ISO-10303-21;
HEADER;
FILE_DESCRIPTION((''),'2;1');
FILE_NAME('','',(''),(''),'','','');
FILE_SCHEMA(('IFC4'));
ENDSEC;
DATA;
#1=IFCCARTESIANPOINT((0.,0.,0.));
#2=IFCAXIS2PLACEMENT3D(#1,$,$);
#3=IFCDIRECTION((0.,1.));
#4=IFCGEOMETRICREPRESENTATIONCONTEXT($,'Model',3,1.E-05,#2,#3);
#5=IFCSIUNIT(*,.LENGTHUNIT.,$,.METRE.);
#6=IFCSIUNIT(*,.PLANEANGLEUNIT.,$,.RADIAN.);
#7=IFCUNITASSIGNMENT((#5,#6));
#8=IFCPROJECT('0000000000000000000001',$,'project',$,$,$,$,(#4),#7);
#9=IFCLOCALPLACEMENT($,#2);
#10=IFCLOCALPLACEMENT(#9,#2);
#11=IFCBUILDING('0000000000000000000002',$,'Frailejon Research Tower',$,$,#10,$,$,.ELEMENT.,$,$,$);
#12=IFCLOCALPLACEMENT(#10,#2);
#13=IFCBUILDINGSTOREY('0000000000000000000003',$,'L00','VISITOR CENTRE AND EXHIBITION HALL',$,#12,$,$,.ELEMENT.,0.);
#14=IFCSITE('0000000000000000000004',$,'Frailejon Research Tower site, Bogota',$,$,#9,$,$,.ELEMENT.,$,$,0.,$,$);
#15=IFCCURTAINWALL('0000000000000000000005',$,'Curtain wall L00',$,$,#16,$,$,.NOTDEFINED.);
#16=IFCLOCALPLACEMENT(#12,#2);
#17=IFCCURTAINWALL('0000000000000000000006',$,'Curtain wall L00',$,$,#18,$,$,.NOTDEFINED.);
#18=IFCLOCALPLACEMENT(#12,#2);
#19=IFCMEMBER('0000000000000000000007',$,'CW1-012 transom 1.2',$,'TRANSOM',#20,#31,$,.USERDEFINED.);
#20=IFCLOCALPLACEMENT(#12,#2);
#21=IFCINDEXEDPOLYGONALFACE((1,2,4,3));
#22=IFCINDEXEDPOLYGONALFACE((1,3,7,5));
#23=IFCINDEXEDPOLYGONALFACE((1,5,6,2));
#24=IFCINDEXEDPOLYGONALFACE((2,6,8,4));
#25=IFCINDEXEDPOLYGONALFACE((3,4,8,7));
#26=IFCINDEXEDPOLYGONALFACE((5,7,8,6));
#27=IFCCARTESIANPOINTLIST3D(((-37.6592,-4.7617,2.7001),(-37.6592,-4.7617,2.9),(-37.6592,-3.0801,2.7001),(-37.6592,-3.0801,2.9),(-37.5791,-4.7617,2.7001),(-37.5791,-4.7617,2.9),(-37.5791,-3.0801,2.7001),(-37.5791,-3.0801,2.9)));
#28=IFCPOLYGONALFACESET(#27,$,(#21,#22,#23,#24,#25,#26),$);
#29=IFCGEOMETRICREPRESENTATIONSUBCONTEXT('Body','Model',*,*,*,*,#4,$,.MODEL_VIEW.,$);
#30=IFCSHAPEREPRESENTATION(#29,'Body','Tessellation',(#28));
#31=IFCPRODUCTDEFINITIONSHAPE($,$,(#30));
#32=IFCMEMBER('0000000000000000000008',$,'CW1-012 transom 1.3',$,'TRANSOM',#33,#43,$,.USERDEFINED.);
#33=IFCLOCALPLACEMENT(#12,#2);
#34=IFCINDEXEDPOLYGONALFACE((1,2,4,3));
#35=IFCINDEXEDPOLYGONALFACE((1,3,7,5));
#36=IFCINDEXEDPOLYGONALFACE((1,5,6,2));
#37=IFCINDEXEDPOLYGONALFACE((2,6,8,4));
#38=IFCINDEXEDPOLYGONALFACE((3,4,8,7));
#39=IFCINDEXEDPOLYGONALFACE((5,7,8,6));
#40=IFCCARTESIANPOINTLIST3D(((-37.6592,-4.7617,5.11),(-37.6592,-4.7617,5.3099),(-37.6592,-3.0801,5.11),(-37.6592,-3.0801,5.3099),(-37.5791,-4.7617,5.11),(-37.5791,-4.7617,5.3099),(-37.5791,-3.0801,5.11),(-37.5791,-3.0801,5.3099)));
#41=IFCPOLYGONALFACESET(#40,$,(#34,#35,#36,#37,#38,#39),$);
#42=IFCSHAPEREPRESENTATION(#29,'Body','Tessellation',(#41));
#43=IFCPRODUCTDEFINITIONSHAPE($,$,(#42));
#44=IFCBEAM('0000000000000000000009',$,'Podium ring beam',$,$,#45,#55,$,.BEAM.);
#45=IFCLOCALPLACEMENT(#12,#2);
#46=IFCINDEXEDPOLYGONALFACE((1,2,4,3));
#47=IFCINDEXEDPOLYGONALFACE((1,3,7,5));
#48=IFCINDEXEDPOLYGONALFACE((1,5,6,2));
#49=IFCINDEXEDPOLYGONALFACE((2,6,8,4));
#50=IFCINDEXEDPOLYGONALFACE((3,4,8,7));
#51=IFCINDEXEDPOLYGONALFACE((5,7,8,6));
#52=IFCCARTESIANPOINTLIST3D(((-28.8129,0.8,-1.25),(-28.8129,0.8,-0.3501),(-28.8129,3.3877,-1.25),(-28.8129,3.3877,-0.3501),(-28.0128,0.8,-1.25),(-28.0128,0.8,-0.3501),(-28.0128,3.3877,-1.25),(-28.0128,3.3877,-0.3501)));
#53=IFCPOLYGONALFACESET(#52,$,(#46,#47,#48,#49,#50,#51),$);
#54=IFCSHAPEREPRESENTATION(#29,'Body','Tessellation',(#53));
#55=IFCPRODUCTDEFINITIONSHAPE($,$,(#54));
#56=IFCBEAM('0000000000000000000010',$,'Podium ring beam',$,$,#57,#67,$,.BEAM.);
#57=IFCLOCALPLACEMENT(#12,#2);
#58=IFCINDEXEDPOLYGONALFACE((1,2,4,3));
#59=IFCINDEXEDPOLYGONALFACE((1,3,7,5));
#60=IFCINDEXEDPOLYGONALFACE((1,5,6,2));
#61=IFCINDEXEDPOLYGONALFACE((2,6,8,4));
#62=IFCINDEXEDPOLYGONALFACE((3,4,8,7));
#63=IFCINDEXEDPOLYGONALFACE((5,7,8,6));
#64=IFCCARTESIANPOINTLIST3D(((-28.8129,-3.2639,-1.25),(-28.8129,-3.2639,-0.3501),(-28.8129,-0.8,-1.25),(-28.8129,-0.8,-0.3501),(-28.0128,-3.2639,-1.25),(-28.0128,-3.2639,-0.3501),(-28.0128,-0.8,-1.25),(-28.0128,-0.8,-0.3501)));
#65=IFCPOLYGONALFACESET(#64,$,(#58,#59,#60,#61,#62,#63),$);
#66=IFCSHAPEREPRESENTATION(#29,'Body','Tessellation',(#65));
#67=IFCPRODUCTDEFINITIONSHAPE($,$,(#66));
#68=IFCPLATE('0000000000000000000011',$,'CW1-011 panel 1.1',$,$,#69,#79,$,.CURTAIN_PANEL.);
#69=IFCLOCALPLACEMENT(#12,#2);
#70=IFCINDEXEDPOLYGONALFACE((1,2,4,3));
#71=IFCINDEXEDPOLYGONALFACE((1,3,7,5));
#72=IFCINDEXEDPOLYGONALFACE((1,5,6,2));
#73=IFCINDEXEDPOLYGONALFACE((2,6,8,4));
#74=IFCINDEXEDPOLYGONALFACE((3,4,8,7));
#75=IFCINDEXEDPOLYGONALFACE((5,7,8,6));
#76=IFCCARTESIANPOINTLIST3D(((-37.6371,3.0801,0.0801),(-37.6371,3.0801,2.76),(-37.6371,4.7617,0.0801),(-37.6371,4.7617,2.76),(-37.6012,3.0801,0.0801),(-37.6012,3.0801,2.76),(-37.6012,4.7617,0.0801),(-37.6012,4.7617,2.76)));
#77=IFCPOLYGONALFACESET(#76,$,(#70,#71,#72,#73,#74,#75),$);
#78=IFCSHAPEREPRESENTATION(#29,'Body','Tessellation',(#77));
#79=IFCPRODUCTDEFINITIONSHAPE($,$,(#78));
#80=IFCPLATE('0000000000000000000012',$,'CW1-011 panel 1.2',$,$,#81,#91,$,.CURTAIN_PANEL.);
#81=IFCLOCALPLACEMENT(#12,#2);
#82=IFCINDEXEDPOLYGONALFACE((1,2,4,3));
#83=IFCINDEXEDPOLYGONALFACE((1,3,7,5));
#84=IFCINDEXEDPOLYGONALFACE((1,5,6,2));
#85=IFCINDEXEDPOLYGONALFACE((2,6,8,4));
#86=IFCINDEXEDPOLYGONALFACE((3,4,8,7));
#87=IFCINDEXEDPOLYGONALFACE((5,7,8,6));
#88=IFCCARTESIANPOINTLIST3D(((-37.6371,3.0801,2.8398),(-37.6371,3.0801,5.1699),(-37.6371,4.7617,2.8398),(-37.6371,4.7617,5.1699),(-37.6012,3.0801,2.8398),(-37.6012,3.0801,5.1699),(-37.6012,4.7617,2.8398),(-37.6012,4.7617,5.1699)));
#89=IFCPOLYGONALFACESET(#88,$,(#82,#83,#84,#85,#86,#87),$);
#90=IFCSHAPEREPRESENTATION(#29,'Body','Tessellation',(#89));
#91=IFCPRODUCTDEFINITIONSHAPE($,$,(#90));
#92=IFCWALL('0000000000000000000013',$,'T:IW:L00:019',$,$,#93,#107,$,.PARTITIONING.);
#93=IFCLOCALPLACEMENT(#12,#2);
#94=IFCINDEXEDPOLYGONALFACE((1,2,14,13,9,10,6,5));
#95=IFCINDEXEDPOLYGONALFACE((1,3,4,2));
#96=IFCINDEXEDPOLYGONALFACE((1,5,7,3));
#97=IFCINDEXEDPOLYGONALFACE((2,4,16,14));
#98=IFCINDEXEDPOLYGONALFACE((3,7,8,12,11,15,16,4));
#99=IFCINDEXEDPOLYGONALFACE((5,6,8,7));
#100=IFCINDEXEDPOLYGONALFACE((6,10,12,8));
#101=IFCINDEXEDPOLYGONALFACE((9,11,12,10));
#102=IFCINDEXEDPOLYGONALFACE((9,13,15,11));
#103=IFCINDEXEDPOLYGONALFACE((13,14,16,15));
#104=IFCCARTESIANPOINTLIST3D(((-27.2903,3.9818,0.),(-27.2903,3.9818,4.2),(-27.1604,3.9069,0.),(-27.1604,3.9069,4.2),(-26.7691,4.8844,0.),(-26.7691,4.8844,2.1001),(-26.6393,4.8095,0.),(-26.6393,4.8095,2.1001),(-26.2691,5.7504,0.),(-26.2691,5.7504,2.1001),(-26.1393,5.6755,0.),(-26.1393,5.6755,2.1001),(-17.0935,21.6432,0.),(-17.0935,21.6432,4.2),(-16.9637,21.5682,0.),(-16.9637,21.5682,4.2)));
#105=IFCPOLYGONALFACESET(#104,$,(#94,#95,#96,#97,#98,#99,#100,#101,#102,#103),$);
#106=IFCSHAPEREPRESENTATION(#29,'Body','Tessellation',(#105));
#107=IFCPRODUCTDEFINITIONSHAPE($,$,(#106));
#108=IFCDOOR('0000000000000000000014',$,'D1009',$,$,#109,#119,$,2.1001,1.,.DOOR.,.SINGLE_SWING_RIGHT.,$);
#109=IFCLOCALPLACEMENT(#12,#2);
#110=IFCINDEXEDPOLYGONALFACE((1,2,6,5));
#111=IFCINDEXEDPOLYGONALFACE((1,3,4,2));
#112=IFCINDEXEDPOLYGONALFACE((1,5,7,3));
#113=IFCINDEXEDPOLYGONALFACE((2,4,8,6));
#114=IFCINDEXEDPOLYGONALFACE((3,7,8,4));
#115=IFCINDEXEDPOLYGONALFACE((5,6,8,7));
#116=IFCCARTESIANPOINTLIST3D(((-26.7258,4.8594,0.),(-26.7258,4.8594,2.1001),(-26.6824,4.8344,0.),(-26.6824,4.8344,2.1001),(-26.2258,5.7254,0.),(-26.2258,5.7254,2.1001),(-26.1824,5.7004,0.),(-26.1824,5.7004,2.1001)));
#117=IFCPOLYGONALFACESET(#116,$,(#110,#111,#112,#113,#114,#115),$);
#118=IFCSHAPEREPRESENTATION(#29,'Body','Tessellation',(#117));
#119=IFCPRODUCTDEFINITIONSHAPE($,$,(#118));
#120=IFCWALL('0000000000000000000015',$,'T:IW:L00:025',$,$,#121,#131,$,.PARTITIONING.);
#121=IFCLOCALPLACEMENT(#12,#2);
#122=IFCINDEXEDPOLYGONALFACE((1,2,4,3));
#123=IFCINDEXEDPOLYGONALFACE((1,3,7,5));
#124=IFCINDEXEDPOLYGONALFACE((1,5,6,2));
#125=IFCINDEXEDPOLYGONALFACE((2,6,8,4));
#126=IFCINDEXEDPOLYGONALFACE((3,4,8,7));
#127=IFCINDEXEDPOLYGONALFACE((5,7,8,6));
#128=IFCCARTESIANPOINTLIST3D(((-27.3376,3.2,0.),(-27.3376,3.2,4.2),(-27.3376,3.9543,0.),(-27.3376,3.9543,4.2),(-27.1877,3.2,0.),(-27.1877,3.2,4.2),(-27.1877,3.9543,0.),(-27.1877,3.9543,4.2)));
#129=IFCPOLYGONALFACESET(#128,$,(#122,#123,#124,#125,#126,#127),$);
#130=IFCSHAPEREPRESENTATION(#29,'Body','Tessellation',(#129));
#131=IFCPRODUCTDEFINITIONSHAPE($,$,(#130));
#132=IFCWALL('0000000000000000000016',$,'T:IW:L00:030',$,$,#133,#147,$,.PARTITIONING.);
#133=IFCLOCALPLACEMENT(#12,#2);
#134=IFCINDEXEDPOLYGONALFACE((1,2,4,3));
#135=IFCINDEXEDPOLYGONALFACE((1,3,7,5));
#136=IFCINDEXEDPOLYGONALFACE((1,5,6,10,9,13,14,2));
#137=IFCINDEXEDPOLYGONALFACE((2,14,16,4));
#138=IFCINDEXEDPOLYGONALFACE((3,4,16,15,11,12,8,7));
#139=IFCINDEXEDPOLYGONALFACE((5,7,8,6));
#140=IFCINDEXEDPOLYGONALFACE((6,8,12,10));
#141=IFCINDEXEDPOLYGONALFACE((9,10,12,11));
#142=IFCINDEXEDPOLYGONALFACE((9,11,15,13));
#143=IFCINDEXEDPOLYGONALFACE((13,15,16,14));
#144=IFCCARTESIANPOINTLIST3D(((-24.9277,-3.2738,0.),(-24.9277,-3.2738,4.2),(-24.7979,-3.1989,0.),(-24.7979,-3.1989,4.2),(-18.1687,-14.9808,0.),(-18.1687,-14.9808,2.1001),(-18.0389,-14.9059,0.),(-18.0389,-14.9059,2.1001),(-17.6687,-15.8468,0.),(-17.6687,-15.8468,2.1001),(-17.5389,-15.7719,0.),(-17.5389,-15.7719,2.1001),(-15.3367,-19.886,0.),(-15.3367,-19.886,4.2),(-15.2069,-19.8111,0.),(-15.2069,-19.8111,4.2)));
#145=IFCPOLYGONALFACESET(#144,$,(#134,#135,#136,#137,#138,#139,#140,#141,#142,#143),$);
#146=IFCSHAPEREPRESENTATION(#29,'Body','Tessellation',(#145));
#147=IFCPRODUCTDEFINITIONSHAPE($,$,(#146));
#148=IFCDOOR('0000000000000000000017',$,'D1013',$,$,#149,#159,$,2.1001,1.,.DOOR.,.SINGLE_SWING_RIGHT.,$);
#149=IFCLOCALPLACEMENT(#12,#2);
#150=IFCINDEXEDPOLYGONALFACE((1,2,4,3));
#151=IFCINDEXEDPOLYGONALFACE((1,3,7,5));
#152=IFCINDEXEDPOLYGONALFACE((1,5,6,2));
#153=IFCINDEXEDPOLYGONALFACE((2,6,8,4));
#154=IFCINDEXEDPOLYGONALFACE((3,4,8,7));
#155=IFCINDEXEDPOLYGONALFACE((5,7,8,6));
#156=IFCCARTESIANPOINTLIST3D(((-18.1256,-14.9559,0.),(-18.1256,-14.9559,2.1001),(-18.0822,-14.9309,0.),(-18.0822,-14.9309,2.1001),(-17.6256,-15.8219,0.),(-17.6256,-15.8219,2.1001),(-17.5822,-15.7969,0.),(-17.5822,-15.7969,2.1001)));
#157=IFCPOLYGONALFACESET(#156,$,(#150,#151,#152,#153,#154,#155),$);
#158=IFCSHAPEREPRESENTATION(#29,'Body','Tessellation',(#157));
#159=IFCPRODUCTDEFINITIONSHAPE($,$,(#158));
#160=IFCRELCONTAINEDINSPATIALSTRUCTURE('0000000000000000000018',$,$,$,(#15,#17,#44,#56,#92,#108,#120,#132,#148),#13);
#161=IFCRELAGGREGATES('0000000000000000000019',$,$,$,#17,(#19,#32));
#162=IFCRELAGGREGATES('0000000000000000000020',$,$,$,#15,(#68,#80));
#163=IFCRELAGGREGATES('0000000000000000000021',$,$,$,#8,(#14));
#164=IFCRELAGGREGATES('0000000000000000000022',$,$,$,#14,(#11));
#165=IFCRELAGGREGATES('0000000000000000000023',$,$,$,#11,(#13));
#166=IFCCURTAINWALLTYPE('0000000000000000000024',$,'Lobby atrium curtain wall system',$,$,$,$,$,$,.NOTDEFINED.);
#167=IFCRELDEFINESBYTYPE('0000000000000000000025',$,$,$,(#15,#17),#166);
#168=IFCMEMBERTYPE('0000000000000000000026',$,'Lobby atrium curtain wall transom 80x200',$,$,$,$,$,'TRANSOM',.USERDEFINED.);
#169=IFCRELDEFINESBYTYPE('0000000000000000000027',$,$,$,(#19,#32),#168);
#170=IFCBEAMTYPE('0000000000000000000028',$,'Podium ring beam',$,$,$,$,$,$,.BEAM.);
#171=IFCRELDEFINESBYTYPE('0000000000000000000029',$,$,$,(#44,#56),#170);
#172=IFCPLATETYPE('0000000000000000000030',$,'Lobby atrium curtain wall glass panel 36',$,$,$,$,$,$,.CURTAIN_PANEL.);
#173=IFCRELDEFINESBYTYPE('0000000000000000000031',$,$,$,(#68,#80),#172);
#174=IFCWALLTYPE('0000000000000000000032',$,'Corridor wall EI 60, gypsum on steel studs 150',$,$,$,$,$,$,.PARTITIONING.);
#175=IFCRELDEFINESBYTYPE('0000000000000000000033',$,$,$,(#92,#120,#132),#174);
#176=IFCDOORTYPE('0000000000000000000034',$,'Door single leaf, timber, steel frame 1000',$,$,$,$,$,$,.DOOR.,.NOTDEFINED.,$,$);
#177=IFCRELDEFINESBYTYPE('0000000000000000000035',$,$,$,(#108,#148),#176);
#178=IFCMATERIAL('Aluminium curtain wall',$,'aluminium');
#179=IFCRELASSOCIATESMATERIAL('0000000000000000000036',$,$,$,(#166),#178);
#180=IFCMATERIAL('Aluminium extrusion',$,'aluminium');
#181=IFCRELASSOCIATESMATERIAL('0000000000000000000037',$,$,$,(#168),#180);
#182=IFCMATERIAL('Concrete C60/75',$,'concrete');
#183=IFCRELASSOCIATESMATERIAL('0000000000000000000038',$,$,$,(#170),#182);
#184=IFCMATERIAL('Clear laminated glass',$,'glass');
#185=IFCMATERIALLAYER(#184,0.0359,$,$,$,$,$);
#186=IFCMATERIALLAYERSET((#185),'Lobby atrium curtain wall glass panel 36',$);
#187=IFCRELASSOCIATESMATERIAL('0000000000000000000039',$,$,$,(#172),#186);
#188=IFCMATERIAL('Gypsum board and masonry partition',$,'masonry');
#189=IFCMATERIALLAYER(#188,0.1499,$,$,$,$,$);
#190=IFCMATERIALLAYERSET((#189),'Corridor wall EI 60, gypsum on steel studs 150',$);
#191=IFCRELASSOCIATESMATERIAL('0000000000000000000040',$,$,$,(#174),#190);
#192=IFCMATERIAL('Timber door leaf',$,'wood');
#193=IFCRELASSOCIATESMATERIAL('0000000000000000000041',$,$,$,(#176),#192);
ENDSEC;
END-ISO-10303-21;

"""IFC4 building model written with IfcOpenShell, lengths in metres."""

from ifc_helpers import new_model, si_unit, direction, frame, frame_2d, origin, origin_2d, place, context, subcontext, project, spatial, rectangle, extrude, material, layer, layer_set, material_profile, profile_set, type_object, element, fill, aggregate, save


model = new_model("IFC4")

# Units and contexts
model_context = context("Model", 3, precision=1e-05, world=origin(), true_north=direction((0.0, 1.0)))
body_context = subcontext(model_context, "Body", "Model", "MODEL_VIEW")
ifc_project = project(units=[si_unit("LENGTHUNIT", "METRE"), si_unit("PLANEANGLEUNIT", "RADIAN")], contexts=[model_context])

# Site, building, storey
site_placement = place(None, origin())
site = spatial("IfcSite", under=ifc_project, at=site_placement, Name="Frailejon Research Tower site, Bogota", CompositionType="ELEMENT", RefElevation=0.0)
building_placement = place(site_placement, origin())
building = spatial("IfcBuilding", under=site, at=building_placement, Name="Frailejon Research Tower", CompositionType="ELEMENT")
storey_placement = place(building_placement, origin())
storey = spatial("IfcBuildingStorey", under=building, at=storey_placement, Name="L00", Description="VISITOR CENTRE AND EXHIBITION HALL", CompositionType="ELEMENT", Elevation=0.0)

# Curtain walls
ifc_material_1 = material(Name="Aluminium curtain wall", Category="aluminium")
curtain_wall_type = type_object("IfcCurtainWallType", Name="Lobby atrium curtain wall system", PredefinedType="NOTDEFINED", material=ifc_material_1)
curtain_wall_1_placement = place(storey_placement, origin())
curtain_wall_1 = element("IfcCurtainWall", 1, at=curtain_wall_1_placement, inside=storey, type_object=curtain_wall_type, Name="Curtain wall L00", PredefinedType="NOTDEFINED")
curtain_wall_2_placement = place(storey_placement, origin())
curtain_wall_2 = element("IfcCurtainWall", 2, at=curtain_wall_2_placement, inside=storey, type_object=curtain_wall_type, Name="Curtain wall L00", PredefinedType="NOTDEFINED")

# Members
ifc_material_2 = material(Name="Aluminium extrusion", Category="aluminium")
ifc_material_profile_1 = material_profile(ifc_material_2, rectangle(XDim=0.0801, YDim=0.2, at=origin_2d()), Name="Lobby atrium curtain wall transom 80x200")
ifc_profile_set_1 = profile_set([ifc_material_profile_1], Name="Aluminium extrusion")
member_type_1 = type_object("IfcMemberType", Name="Lobby atrium curtain wall transom 80x200", ElementType="TRANSOM", PredefinedType="USERDEFINED", material=ifc_profile_set_1)
member_1_placement = place(storey_placement, frame((-37.6191, -3.0801, 2.8), z_axis=(0.0, -1.0, 0.0), x_axis=(1.0, 0.0, 0.0)))
member_1 = element("IfcMember", 3, at=member_1_placement, type_object=member_type_1, Name="CW1-012 transom 1.2", ObjectType="TRANSOM", PredefinedType="USERDEFINED", context=body_context, shape_type="SweptSolid", body=[
    extrude(rectangle(XDim=0.0801, YDim=0.2, at=origin_2d()), origin(), (0.0, 0.0, 1.0), 1.6816),
])
member_2_placement = place(storey_placement, frame((-37.6191, -3.0801, 5.21), z_axis=(0.0, -1.0, 0.0), x_axis=(1.0, 0.0, 0.0)))
member_2 = element("IfcMember", 4, at=member_2_placement, type_object=member_type_1, Name="CW1-012 transom 1.3", ObjectType="TRANSOM", PredefinedType="USERDEFINED", context=body_context, shape_type="SweptSolid", body=[
    extrude(rectangle(XDim=0.0801, YDim=0.2, at=origin_2d()), origin(), (0.0, 0.0, 1.0), 1.6816),
])
aggregate(curtain_wall_2, [member_1, member_2])

# Beams
ifc_material_3 = material(Name="Concrete C60/75", Category="concrete")
ifc_material_profile_2 = material_profile(ifc_material_3, rectangle(XDim=0.8, YDim=0.8999, at=origin_2d()), Name="Podium ring beam")
ifc_profile_set_2 = profile_set([ifc_material_profile_2], Name="Concrete C60/75")
beam_type_1 = type_object("IfcBeamType", Name="Podium ring beam", PredefinedType="BEAM", material=ifc_profile_set_2)
beam_1_placement = place(storey_placement, frame((-28.4128, 3.3877, -0.8), z_axis=(0.0, -1.0, 0.0), x_axis=(1.0, 0.0, 0.0)))
element("IfcBeam", 5, at=beam_1_placement, inside=storey, type_object=beam_type_1, Name="Podium ring beam", PredefinedType="BEAM", context=body_context, shape_type="SweptSolid", body=[
    extrude(rectangle(XDim=0.8, YDim=0.8999, at=origin_2d()), origin(), (0.0, 0.0, 1.0), 2.5876),
])
beam_2_placement = place(storey_placement, frame((-28.4128, -0.8, -0.8), z_axis=(0.0, -1.0, 0.0), x_axis=(1.0, 0.0, 0.0)))
element("IfcBeam", 6, at=beam_2_placement, inside=storey, type_object=beam_type_1, Name="Podium ring beam", PredefinedType="BEAM", context=body_context, shape_type="SweptSolid", body=[
    extrude(rectangle(XDim=0.8, YDim=0.8999, at=origin_2d()), origin(), (0.0, 0.0, 1.0), 2.4639),
])

# Plates
ifc_material_4 = material(Name="Clear laminated glass", Category="glass")
ifc_layer_1 = layer(ifc_material_4, 0.0359)
ifc_layer_set_1 = layer_set([ifc_layer_1], Name="Lobby atrium curtain wall glass panel 36")
plate_type = type_object("IfcPlateType", Name="Lobby atrium curtain wall glass panel 36", PredefinedType="CURTAIN_PANEL", material=ifc_layer_set_1)
plate_1_placement = place(storey_placement, frame((-37.6191, 3.9209, 0.0801), z_axis=(0.0, 0.0, 1.0), x_axis=(0.0, -1.0, 0.0)))
plate_1 = element("IfcPlate", 7, at=plate_1_placement, type_object=plate_type, Name="CW1-011 panel 1.1", PredefinedType="CURTAIN_PANEL", context=body_context, shape_type="SweptSolid", body=[
    extrude(rectangle(XDim=1.6816, YDim=0.0359, at=origin_2d()), origin(), (0.0, 0.0, 1.0), 2.6799),
])
plate_2_placement = place(storey_placement, frame((-37.6191, 3.9209, 2.8398), z_axis=(0.0, 0.0, 1.0), x_axis=(0.0, -1.0, 0.0)))
plate_2 = element("IfcPlate", 8, at=plate_2_placement, type_object=plate_type, Name="CW1-011 panel 1.2", PredefinedType="CURTAIN_PANEL", context=body_context, shape_type="SweptSolid", body=[
    extrude(rectangle(XDim=1.6816, YDim=0.0359, at=origin_2d()), origin(), (0.0, 0.0, 1.0), 2.3301),
])
aggregate(curtain_wall_1, [plate_1, plate_2])

# Wall, opening, door
ifc_material_5 = material(Name="Gypsum board and masonry partition", Category="masonry")
ifc_layer_2 = layer(ifc_material_5, 0.1499)
ifc_layer_set_2 = layer_set([ifc_layer_2], Name="Corridor wall EI 60, gypsum on steel studs 150")
wall_type_1 = type_object("IfcWallType", Name="Corridor wall EI 60, gypsum on steel studs 150", PredefinedType="PARTITIONING", material=ifc_layer_set_2)
wall_1_placement = place(storey_placement, frame((-27.2253, 3.9443, 0.0), z_axis=(0.0, 0.0, 1.0), x_axis=(0.499999, 0.866026, 0.0)))
wall_1 = element("IfcWall", 9, at=wall_1_placement, inside=storey, type_object=wall_type_1, Name="T:IW:L00:019", PredefinedType="PARTITIONING", context=body_context, shape_type="SweptSolid", body=[
    extrude(rectangle(XDim=20.3936, YDim=0.1499, at=frame_2d((10.1968, 0.0))), origin(), (0.0, 0.0, 1.0), 4.2),
])
opening_1_placement = place(wall_1_placement, frame((1.0422, 0.0, 0.0)))
opening_1 = element("IfcOpeningElement", 10, at=opening_1_placement, cuts=wall_1, PredefinedType="OPENING", context=body_context, shape_type="SweptSolid", body=[
    extrude(rectangle(XDim=1.0, YDim=2.1001, at=frame_2d((0.5, 1.05))), frame((0.0, 0.085, 0.0), z_axis=(0.0, -1.0, 0.0), x_axis=(1.0, 0.0, 0.0)), (0.0, 0.0, 1.0), 0.1699),
])
ifc_material_6 = material(Name="Timber door leaf", Category="wood")
door_type_1 = type_object("IfcDoorType", Name="Door single leaf, timber, steel frame 1000", OperationType="NOTDEFINED", PredefinedType="DOOR", material=ifc_material_6)
door_1_placement = place(opening_1_placement, origin())
door_1 = element("IfcDoor", 11, at=door_1_placement, inside=storey, type_object=door_type_1, Name="D1009", OperationType="SINGLE_SWING_RIGHT", OverallHeight=2.1001, OverallWidth=1.0, PredefinedType="DOOR", context=body_context, shape_type="SweptSolid", body=[
    extrude(rectangle(XDim=1.0, YDim=2.1001, at=frame_2d((0.5, 1.05))), frame((0.0, 0.0249, 0.0), z_axis=(0.0, -1.0, 0.0), x_axis=(1.0, 0.0, 0.0)), (0.0, 0.0, 1.0), 0.05),
])
fill(opening_1, door_1)

# Wall
wall_2_placement = place(storey_placement, frame((-27.2627, 3.2, 0.0), z_axis=(0.0, 0.0, 1.0), x_axis=(0.0, 1.0, 0.0)))
element("IfcWall", 12, at=wall_2_placement, inside=storey, type_object=wall_type_1, Name="T:IW:L00:025", PredefinedType="PARTITIONING", context=body_context, shape_type="SweptSolid", body=[
    extrude(rectangle(XDim=0.7544, YDim=0.1499, at=frame_2d((0.3772, 0.0))), origin(), (0.0, 0.0, 1.0), 4.2),
])

# Wall, opening, door
wall_3_placement = place(storey_placement, frame((-24.8628, -3.2363, 0.0), z_axis=(0.0, 0.0, 1.0), x_axis=(0.499998, -0.866027, 0.0)))
wall_3 = element("IfcWall", 13, at=wall_3_placement, inside=storey, type_object=wall_type_1, Name="T:IW:L00:030", PredefinedType="PARTITIONING", context=body_context, shape_type="SweptSolid", body=[
    extrude(rectangle(XDim=19.1821, YDim=0.1499, at=frame_2d((9.5911, 0.0))), origin(), (0.0, 0.0, 1.0), 4.2),
])
opening_2_placement = place(wall_3_placement, frame((13.5181, 0.0, 0.0)))
opening_2 = element("IfcOpeningElement", 14, at=opening_2_placement, cuts=wall_3, PredefinedType="OPENING", context=body_context, shape_type="SweptSolid", body=[
    extrude(rectangle(XDim=1.0, YDim=2.1001, at=frame_2d((0.5, 1.05))), frame((0.0, 0.085, 0.0), z_axis=(0.0, -1.0, 0.0), x_axis=(1.0, 0.0, 0.0)), (0.0, 0.0, 1.0), 0.1699),
])
door_2_placement = place(opening_2_placement, origin())
door_2 = element("IfcDoor", 15, at=door_2_placement, inside=storey, type_object=door_type_1, Name="D1013", OperationType="SINGLE_SWING_RIGHT", OverallHeight=2.1001, OverallWidth=1.0, PredefinedType="DOOR", context=body_context, shape_type="SweptSolid", body=[
    extrude(rectangle(XDim=1.0, YDim=2.1001, at=frame_2d((0.5, 1.05))), frame((0.0, 0.0249, 0.0), z_axis=(0.0, -1.0, 0.0), x_axis=(1.0, 0.0, 0.0)), (0.0, 0.0, 1.0), 0.05),
])
fill(opening_2, door_2)

save(model, "model.ifc")
